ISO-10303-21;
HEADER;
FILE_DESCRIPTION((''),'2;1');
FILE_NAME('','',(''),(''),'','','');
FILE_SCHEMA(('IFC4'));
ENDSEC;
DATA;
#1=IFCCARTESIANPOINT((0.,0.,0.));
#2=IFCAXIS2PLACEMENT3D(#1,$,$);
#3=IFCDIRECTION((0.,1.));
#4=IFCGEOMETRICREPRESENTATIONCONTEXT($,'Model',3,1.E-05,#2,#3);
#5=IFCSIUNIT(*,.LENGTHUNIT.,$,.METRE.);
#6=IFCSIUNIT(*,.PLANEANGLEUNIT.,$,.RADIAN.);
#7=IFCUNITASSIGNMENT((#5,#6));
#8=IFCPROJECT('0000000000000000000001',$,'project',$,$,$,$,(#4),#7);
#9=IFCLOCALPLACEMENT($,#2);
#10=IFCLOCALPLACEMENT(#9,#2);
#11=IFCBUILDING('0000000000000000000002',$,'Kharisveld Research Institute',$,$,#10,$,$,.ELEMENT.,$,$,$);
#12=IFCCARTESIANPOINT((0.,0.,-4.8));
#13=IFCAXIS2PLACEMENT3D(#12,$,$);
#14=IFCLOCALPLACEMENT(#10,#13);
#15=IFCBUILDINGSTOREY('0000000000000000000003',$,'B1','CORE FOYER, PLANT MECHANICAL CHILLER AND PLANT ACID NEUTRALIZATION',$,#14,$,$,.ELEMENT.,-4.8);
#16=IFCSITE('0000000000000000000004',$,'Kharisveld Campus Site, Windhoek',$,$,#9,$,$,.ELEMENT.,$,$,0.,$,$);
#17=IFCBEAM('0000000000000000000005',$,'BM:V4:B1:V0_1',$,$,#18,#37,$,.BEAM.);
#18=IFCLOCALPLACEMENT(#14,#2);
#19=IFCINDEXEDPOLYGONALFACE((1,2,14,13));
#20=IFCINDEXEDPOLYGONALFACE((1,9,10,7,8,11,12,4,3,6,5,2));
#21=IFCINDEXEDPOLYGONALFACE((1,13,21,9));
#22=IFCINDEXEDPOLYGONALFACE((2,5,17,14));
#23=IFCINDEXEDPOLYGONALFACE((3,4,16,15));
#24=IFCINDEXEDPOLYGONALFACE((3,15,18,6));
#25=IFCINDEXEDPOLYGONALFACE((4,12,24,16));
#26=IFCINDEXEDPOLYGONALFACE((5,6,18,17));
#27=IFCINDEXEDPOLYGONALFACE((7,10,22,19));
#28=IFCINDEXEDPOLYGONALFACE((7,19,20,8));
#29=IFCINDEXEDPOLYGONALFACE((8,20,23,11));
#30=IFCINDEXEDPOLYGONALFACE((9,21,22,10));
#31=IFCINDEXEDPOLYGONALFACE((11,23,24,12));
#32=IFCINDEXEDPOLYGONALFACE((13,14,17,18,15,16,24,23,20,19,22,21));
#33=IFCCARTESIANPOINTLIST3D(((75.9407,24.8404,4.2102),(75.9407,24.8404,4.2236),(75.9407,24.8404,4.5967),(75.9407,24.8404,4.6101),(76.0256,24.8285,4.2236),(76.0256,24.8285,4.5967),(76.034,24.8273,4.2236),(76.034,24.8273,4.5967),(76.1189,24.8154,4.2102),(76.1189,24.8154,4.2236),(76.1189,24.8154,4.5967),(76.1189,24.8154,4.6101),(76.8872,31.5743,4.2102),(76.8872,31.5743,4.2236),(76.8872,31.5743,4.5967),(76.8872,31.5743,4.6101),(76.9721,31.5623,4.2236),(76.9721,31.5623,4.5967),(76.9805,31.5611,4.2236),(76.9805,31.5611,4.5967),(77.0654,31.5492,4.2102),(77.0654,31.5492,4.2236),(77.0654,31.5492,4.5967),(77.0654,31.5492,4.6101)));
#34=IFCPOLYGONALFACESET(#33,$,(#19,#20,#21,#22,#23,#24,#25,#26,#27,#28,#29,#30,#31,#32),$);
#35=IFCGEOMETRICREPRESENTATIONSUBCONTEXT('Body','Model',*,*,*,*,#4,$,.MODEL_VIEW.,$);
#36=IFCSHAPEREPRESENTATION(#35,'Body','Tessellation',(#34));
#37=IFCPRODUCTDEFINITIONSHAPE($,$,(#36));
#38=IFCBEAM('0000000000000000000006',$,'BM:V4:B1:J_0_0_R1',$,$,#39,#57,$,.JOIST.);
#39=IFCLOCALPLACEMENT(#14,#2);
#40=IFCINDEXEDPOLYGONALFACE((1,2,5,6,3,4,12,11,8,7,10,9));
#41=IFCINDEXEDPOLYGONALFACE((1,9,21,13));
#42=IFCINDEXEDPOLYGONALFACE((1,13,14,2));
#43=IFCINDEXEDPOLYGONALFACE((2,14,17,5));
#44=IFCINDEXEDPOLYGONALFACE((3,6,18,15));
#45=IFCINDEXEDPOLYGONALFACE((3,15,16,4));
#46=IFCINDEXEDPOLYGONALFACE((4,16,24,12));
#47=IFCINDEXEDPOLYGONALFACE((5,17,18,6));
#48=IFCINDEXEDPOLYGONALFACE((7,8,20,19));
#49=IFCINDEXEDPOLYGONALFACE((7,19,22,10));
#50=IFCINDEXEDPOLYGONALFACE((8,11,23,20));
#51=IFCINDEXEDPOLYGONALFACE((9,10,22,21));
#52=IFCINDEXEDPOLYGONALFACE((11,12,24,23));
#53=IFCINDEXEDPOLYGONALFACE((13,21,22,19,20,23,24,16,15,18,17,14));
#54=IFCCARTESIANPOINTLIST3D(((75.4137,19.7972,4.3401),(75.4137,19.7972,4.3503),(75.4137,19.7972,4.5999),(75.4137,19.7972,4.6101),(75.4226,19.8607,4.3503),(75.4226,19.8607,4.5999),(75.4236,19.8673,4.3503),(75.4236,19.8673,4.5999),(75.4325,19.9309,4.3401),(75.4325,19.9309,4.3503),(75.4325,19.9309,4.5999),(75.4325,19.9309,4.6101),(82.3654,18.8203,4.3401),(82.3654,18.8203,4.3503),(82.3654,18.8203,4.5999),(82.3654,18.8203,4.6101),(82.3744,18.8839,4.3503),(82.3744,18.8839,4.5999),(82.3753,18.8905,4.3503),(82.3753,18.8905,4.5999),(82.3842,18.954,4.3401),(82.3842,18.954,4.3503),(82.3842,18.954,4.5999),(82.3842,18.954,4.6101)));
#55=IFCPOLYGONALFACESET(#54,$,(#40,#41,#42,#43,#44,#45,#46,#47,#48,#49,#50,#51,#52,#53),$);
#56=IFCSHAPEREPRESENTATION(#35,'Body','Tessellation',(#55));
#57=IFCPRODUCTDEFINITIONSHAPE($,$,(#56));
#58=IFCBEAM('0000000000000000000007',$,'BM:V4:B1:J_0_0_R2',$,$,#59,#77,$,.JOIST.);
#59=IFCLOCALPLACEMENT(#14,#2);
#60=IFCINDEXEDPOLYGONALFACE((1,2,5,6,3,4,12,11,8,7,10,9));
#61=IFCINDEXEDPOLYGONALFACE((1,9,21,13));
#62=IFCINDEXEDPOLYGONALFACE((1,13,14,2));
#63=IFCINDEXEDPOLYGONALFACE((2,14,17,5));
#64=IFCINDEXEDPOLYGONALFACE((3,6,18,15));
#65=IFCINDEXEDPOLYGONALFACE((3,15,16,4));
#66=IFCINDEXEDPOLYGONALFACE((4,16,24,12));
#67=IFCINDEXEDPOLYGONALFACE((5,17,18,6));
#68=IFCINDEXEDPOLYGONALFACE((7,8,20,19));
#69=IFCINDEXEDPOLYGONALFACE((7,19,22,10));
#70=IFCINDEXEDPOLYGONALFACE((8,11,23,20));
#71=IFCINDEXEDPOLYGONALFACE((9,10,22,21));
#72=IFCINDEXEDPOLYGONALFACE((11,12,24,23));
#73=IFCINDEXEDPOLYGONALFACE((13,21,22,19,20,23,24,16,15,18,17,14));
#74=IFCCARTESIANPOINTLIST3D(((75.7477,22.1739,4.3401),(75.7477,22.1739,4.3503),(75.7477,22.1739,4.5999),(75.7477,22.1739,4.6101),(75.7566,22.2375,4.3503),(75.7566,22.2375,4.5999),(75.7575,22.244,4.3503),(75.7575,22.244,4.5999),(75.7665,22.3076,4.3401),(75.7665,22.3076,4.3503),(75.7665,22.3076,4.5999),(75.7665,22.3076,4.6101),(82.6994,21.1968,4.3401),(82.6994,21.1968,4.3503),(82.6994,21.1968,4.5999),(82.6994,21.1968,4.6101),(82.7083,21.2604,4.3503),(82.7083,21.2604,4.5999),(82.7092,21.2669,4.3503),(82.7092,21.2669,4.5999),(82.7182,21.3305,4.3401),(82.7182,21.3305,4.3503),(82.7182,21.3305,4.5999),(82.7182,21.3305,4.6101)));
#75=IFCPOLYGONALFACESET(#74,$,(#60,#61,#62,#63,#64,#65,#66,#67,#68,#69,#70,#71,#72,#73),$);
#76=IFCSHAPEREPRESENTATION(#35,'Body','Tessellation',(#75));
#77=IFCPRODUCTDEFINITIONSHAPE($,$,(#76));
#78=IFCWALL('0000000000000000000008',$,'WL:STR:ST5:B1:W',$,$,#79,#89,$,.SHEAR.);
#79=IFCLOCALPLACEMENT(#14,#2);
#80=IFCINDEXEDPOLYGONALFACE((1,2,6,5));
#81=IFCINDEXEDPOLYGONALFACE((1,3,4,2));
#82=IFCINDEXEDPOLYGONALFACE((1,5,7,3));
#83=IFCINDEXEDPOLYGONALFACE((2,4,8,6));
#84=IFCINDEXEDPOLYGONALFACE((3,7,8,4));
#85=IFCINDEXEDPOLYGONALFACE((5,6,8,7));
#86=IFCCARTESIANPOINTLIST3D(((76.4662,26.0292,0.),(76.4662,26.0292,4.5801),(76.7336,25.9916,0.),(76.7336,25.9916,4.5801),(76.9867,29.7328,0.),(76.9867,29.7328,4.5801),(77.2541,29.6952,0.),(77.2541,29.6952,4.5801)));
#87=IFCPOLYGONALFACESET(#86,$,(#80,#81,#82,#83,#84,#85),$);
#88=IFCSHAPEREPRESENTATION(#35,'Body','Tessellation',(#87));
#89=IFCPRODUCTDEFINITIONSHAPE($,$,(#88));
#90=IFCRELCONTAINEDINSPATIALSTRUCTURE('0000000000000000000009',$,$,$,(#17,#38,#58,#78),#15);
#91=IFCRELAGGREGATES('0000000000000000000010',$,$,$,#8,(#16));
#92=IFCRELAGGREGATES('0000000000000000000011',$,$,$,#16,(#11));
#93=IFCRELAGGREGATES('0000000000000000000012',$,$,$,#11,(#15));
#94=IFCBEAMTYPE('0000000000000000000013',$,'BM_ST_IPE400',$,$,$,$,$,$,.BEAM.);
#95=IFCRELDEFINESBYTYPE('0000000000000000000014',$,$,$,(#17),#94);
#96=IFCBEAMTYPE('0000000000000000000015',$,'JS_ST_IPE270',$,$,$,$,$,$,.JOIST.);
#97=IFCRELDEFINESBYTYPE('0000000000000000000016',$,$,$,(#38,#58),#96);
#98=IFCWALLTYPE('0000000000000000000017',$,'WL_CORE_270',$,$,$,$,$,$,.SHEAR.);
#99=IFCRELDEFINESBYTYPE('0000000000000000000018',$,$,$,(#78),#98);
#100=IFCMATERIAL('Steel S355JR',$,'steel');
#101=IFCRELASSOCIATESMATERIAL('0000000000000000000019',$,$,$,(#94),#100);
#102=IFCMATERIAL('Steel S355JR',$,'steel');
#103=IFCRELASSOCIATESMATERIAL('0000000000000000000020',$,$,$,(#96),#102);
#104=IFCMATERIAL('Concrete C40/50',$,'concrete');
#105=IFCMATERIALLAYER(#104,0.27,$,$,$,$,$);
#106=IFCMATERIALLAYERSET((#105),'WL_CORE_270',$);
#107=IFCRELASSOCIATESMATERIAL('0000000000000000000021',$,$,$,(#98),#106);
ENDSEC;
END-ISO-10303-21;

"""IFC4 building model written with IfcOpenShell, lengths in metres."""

from ifc_helpers import new_model, si_unit, direction, frame, frame_2d, origin, origin_2d, place, context, subcontext, project, spatial, rectangle, i_section, extrude, material, layer, layer_set, material_profile, profile_set, type_object, element, save


model = new_model("IFC4")

# Units and contexts
model_context = context("Model", 3, precision=1e-05, world=origin(), true_north=direction((0.0, 1.0)))
body_context = subcontext(model_context, "Body", "Model", "MODEL_VIEW")
ifc_project = project(units=[si_unit("LENGTHUNIT", "METRE"), si_unit("PLANEANGLEUNIT", "RADIAN")], contexts=[model_context])

# Site, building, storey
site_placement = place(None, origin())
site = spatial("IfcSite", under=ifc_project, at=site_placement, Name="Kharisveld Campus Site, Windhoek", CompositionType="ELEMENT", RefElevation=0.0)
building_placement = place(site_placement, origin())
building = spatial("IfcBuilding", under=site, at=building_placement, Name="Kharisveld Research Institute", CompositionType="ELEMENT")
storey_placement = place(building_placement, frame((0.0, 0.0, -4.8)))
storey = spatial("IfcBuildingStorey", under=building, at=storey_placement, Name="B1", Description="CORE FOYER, PLANT MECHANICAL CHILLER AND PLANT ACID NEUTRALIZATION", CompositionType="ELEMENT", Elevation=-4.8)

# Beams
ifc_material_1 = material(Name="Steel S355JR", Category="steel")
ifc_material_profile_1 = material_profile(ifc_material_1, i_section(OverallWidth=0.1799, OverallDepth=0.3999, WebThickness=0.0085, FlangeThickness=0.0134, at=origin_2d()))
ifc_profile_set_1 = profile_set([ifc_material_profile_1], Name="Steel S355JR")
beam_type_1 = type_object("IfcBeamType", Name="BM_ST_IPE400", PredefinedType="BEAM", material=ifc_profile_set_1)
for number, where, z_axis, x_axis, name in (
    (1, (76.0298, 24.8279, 4.4102), (0.139194, 0.990265, 0.0), (-0.990265, 0.139194, 0.0), "BM:V4:B1:V0_1"),
):
    element("IfcBeam", number, at=place(storey_placement, frame(where, z_axis=z_axis, x_axis=x_axis)), inside=storey, type_object=beam_type_1, Name=name, PredefinedType="BEAM", context=body_context, shape_type="SweptSolid", body=[
        extrude(i_section(OverallWidth=0.1799, OverallDepth=0.3999, WebThickness=0.0085, FlangeThickness=0.0134, at=origin_2d()), origin(), (0.0, 0.0, 1.0), 6.8),
    ])
ifc_material_2 = material(Name="Steel S355JR", Category="steel")
ifc_material_profile_2 = material_profile(ifc_material_2, i_section(OverallWidth=0.135, OverallDepth=0.27, WebThickness=0.0066, FlangeThickness=0.0103, at=origin_2d()))
ifc_profile_set_2 = profile_set([ifc_material_profile_2], Name="Steel S355JR")
beam_type_2 = type_object("IfcBeamType", Name="JS_ST_IPE270", PredefinedType="JOIST", material=ifc_profile_set_2)
for number, where, z_axis, x_axis, name in (
    (2, (75.4231, 19.864, 4.4751), (0.990272, -0.139147, 0.0), (0.139147, 0.990272, 0.0), "BM:V4:B1:J_0_0_R1"),
    (3, (75.7571, 22.2407, 4.4751), (0.990267, -0.139181, 0.0), (0.139181, 0.990267, 0.0), "BM:V4:B1:J_0_0_R2"),
):
    element("IfcBeam", number, at=place(storey_placement, frame(where, z_axis=z_axis, x_axis=x_axis)), inside=storey, type_object=beam_type_2, Name=name, PredefinedType="JOIST", context=body_context, shape_type="SweptSolid", body=[
        extrude(i_section(OverallWidth=0.135, OverallDepth=0.27, WebThickness=0.0066, FlangeThickness=0.0103, at=origin_2d()), origin(), (0.0, 0.0, 1.0), 7.02),
    ])

# Wall
ifc_material_3 = material(Name="Concrete C40/50", Category="concrete")
ifc_layer = layer(ifc_material_3, 0.27)
ifc_layer_set = layer_set([ifc_layer], Name="WL_CORE_270")
wall_type = type_object("IfcWallType", Name="WL_CORE_270", PredefinedType="SHEAR", material=ifc_layer_set)
wall_placement = place(storey_placement, frame((76.5999, 26.0103, 0.0), z_axis=(0.0, 0.0, 1.0), x_axis=(0.139173, 0.990268, 0.0)))
element("IfcWall", 4, at=wall_placement, inside=storey, type_object=wall_type, Name="WL:STR:ST5:B1:W", PredefinedType="SHEAR", context=body_context, shape_type="SweptSolid", body=[
    extrude(rectangle(XDim=3.74, YDim=0.27, at=frame_2d((1.8701, 0.0))), origin(), (0.0, 0.0, 1.0), 4.5801),
])

save(model, "model.ifc")
